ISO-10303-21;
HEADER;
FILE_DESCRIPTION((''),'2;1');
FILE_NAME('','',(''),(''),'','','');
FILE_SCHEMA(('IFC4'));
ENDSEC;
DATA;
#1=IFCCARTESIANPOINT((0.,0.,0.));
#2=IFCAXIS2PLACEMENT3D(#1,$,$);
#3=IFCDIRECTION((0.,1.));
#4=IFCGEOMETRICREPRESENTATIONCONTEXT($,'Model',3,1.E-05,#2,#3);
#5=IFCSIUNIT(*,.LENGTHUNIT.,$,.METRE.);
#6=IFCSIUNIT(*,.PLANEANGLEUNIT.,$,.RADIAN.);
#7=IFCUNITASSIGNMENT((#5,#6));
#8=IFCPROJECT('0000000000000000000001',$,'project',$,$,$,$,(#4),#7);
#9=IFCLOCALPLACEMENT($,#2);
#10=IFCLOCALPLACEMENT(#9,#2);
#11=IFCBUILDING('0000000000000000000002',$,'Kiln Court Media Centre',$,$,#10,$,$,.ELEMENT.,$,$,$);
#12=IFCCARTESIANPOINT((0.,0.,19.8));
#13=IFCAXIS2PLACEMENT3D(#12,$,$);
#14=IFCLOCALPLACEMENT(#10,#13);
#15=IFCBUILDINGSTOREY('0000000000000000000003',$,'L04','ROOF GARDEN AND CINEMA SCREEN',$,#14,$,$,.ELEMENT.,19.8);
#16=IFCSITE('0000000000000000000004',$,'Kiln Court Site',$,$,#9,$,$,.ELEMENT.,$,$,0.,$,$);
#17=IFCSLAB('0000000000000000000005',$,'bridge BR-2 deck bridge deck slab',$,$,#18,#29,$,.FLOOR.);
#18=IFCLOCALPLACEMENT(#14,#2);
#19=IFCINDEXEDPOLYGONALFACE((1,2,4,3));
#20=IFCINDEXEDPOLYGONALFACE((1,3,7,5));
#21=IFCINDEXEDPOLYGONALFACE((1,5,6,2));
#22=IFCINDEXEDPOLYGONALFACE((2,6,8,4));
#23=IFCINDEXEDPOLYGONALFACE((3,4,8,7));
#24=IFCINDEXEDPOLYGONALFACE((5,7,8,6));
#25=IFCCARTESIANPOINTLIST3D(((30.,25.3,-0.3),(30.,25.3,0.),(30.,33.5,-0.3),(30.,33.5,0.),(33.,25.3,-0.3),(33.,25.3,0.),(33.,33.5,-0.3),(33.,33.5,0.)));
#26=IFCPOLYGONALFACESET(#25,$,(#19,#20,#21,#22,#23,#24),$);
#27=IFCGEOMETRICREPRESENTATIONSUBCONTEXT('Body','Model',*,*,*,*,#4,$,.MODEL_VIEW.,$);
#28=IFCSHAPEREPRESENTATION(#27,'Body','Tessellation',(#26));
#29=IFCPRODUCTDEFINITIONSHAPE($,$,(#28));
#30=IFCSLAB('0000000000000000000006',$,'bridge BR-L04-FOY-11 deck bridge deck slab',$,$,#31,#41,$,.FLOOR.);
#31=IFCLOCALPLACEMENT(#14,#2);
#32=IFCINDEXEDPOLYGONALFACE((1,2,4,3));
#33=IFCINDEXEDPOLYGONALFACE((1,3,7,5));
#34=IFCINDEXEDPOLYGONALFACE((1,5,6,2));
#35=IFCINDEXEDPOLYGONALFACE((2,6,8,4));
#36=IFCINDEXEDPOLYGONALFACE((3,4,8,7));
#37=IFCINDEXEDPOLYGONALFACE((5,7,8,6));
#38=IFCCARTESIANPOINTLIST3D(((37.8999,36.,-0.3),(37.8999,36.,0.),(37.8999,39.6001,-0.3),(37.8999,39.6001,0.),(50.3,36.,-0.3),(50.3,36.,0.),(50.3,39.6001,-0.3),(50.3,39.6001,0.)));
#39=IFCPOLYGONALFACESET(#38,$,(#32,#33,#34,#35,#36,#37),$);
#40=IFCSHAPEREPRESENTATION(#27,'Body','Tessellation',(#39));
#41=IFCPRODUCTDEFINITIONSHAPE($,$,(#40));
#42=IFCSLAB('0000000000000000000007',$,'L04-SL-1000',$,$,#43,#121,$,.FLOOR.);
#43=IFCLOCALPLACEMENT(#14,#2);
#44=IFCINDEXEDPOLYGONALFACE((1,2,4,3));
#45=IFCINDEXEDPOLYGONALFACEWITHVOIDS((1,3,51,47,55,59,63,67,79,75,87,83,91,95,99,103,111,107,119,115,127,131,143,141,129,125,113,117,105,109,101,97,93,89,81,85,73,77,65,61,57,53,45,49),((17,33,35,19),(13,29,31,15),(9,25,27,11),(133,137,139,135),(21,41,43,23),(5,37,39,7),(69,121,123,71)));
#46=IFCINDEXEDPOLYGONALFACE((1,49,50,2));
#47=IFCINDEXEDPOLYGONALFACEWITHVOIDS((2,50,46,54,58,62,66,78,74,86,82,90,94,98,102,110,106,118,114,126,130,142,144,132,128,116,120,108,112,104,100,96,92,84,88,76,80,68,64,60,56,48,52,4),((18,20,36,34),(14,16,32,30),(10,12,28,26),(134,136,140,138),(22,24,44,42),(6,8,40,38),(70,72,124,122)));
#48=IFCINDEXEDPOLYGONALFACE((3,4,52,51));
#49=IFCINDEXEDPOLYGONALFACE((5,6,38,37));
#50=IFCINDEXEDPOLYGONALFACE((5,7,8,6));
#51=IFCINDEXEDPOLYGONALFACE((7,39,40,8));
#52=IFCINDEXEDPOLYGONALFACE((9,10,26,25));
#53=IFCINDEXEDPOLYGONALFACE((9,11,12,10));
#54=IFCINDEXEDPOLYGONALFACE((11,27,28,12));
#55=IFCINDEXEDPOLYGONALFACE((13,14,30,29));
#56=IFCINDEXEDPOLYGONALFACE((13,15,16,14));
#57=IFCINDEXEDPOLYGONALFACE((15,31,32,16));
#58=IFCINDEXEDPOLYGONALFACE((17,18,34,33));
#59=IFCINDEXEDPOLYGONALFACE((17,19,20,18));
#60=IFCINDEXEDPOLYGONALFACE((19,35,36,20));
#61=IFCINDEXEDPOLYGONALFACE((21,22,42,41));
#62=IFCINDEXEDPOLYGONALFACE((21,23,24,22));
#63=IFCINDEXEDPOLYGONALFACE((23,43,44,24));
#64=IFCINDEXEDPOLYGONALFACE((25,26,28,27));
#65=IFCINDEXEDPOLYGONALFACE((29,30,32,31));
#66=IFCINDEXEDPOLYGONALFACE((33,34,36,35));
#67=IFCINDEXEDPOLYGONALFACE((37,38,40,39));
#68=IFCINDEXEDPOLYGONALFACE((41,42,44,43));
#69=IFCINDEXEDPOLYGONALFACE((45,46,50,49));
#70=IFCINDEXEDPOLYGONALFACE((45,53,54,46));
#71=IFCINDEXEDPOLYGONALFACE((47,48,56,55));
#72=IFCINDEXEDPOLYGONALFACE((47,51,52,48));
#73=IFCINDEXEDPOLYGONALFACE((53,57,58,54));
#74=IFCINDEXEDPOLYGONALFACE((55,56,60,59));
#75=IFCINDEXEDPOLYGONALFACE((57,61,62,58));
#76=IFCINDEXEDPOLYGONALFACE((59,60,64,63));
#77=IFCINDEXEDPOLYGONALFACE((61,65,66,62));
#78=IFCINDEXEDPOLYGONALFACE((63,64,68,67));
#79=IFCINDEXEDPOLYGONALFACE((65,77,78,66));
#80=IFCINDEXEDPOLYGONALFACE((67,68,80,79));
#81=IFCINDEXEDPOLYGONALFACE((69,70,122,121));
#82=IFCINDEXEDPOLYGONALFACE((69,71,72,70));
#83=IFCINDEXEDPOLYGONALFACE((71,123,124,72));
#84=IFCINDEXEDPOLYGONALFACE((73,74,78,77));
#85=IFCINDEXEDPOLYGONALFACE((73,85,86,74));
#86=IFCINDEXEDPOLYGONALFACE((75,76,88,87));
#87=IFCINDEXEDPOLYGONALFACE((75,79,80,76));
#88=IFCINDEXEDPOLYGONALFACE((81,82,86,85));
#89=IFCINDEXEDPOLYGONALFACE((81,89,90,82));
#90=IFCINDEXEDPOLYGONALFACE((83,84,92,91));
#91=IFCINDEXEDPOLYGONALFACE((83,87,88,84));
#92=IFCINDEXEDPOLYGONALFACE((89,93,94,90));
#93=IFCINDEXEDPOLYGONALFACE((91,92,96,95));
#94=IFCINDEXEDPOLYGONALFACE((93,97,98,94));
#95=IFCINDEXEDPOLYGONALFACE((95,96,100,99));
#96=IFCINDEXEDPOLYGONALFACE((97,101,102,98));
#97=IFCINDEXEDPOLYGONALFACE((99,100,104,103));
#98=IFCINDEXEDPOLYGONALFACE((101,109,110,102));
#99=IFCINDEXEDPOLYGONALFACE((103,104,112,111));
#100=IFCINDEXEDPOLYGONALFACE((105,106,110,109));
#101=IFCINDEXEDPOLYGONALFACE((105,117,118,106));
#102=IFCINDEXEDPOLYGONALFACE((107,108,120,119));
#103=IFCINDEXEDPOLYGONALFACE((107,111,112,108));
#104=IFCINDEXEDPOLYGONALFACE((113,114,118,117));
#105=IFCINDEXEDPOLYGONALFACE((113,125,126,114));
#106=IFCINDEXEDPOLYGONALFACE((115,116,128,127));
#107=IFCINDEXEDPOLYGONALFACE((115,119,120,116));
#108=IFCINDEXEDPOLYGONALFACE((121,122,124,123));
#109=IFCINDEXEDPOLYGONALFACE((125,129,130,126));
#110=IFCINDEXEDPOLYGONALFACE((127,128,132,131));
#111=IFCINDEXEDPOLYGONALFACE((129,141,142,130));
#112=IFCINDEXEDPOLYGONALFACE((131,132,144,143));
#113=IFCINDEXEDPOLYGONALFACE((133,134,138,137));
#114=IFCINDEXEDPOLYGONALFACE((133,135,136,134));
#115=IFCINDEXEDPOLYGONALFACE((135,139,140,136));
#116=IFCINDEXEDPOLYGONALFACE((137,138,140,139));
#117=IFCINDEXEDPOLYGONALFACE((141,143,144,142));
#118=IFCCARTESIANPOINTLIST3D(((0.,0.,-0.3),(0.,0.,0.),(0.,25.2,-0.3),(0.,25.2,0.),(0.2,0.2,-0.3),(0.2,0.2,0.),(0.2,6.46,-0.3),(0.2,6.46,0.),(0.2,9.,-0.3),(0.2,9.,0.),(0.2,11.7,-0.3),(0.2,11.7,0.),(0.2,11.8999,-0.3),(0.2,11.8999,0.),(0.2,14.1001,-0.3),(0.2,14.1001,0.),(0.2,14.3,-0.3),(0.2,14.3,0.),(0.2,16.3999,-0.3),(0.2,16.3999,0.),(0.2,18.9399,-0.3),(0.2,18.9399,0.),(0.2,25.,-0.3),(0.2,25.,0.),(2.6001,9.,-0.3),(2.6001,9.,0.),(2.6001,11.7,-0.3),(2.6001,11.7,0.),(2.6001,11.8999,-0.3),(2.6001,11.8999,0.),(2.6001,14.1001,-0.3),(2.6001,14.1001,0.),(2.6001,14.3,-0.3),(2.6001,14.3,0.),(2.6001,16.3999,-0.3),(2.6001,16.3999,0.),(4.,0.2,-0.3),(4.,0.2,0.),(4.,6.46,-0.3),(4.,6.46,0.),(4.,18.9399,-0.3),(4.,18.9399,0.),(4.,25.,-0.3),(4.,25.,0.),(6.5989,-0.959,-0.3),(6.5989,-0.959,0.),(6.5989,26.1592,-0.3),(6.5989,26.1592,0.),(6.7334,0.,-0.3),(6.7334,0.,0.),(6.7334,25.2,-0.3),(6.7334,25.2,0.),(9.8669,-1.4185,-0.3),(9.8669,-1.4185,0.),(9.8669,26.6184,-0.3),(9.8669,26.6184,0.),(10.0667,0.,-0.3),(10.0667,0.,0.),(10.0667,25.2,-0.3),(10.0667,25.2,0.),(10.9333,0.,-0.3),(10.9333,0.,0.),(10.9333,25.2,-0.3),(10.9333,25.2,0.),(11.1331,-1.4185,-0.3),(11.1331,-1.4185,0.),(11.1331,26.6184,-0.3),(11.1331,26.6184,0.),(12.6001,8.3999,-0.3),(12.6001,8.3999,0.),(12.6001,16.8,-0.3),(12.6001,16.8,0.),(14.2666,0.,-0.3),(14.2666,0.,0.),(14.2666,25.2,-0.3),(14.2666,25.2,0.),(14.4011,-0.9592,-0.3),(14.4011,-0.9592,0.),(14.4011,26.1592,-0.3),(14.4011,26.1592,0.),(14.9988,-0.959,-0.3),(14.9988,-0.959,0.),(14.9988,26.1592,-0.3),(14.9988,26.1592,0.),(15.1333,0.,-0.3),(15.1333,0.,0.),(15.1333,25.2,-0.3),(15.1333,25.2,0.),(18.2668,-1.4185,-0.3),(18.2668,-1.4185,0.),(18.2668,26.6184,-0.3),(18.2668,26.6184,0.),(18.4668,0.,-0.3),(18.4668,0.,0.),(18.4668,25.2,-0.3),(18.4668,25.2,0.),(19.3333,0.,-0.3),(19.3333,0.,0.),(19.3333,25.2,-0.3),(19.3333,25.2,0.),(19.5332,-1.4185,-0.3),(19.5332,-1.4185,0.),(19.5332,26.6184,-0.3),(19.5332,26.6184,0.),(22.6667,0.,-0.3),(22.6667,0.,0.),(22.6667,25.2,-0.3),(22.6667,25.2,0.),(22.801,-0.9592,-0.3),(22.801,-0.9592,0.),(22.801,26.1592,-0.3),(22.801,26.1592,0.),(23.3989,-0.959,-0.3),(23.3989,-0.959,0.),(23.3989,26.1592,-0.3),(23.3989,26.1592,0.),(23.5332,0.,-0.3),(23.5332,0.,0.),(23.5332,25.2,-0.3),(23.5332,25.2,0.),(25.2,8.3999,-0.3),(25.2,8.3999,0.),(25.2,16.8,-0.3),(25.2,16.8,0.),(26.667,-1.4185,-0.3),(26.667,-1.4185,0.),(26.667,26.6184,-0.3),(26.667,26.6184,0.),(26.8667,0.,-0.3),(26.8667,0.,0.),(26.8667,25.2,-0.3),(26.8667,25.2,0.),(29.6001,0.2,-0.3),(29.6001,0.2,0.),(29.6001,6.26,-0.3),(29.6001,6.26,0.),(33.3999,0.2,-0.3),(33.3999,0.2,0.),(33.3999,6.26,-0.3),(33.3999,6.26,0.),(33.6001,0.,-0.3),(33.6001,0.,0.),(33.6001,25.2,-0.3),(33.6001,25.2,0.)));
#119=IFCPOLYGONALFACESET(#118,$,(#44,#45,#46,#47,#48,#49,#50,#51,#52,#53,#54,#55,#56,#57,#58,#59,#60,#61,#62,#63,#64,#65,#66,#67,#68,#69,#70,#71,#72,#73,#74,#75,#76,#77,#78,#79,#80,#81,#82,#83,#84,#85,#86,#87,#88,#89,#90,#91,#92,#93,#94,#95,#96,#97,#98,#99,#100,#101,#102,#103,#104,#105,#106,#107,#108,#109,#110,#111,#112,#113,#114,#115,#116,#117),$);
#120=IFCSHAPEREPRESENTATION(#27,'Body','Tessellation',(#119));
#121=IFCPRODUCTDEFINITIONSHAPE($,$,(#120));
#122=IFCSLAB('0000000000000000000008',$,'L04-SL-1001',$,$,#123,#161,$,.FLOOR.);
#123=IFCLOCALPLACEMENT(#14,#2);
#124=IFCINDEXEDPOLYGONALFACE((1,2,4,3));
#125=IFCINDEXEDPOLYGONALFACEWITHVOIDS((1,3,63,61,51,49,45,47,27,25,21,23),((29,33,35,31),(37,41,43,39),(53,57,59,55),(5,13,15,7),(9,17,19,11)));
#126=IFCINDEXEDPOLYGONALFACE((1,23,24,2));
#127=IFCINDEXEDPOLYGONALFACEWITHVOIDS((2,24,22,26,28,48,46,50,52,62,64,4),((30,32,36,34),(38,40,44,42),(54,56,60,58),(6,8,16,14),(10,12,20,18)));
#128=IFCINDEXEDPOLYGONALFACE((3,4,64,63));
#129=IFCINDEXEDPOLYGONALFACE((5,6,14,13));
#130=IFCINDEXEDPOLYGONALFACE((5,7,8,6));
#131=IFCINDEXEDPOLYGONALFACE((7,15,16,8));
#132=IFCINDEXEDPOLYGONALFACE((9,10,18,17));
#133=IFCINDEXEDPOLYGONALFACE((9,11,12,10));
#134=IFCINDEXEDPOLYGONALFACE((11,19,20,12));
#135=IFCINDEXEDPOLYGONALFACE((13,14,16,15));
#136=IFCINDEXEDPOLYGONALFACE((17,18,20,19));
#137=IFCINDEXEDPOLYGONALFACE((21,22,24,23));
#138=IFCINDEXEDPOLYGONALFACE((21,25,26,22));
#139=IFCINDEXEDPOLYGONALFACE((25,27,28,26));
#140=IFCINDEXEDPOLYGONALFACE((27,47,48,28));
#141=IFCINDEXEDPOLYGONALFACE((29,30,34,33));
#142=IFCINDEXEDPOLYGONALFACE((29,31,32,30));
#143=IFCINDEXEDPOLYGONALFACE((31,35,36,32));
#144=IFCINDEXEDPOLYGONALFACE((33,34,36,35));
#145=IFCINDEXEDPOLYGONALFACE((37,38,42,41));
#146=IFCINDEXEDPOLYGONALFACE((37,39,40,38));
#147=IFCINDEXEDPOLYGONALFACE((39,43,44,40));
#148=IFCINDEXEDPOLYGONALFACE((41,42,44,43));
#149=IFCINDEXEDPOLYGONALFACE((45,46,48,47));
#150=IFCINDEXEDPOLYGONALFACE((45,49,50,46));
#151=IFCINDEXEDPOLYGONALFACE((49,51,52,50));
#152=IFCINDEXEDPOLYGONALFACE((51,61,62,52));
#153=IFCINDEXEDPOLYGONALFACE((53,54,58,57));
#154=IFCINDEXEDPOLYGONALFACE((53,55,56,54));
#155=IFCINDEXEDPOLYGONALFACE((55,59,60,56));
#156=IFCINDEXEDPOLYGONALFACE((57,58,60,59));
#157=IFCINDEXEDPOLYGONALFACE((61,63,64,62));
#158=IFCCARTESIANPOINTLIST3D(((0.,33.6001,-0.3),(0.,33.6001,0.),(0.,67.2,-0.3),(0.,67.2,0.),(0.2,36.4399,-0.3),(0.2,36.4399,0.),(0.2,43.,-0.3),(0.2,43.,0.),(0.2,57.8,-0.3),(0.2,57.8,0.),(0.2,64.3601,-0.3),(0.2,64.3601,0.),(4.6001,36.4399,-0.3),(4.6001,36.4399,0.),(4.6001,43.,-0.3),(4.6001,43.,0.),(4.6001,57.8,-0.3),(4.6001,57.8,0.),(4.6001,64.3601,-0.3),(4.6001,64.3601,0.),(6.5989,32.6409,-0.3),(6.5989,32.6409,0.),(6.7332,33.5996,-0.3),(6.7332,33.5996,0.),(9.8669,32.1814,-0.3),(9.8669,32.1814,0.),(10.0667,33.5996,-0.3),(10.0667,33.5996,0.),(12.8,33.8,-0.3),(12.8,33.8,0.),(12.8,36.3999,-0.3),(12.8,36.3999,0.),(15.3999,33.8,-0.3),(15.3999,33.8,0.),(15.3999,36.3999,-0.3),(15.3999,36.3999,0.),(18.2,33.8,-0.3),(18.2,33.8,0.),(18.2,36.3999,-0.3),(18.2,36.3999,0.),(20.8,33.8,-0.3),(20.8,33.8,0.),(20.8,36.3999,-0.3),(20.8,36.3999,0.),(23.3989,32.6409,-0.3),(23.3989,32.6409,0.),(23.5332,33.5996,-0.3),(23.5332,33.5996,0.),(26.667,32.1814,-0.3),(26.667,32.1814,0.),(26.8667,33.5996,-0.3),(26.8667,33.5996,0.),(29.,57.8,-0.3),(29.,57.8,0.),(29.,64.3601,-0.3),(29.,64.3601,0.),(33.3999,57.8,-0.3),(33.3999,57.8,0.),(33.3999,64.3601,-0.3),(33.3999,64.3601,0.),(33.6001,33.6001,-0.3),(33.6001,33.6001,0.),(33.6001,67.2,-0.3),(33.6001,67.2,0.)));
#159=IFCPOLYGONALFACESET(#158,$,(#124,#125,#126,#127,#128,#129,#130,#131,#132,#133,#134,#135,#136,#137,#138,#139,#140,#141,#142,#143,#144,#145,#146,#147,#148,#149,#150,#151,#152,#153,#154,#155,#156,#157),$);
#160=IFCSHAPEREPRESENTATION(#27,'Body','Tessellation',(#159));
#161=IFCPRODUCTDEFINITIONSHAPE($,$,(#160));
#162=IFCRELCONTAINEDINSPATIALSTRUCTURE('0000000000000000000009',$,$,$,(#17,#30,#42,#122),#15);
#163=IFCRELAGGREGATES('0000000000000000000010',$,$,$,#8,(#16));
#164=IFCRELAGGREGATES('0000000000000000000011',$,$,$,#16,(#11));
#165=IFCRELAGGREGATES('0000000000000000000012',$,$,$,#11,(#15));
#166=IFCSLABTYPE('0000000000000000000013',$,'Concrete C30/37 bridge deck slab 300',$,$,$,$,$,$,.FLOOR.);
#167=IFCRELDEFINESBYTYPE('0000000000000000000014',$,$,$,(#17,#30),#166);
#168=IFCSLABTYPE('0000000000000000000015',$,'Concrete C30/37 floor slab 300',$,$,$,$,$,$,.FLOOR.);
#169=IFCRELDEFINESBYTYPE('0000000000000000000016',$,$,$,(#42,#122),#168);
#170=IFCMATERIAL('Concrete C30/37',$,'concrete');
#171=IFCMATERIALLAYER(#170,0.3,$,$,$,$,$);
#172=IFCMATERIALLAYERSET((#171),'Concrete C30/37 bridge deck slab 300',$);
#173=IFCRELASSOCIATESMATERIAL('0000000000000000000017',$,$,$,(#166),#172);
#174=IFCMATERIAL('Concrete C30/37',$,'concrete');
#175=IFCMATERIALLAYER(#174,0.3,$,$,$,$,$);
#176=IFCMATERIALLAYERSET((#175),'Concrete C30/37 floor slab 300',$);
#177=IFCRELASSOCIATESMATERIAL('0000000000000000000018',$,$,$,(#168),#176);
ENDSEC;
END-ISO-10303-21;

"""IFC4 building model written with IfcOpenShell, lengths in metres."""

from ifc_helpers import new_model, si_unit, direction, frame, origin, place, context, subcontext, project, spatial, polyline, outline, extrude, material, layer, layer_set, type_object, element, save


model = new_model("IFC4")

# Units and contexts
model_context = context("Model", 3, precision=1e-05, world=origin(), true_north=direction((0.0, 1.0)))
body_context = subcontext(model_context, "Body", "Model", "MODEL_VIEW")
ifc_project = project(units=[si_unit("LENGTHUNIT", "METRE"), si_unit("PLANEANGLEUNIT", "RADIAN")], contexts=[model_context])

# Site, building, storey
site_placement = place(None, origin())
site = spatial("IfcSite", under=ifc_project, at=site_placement, Name="Kiln Court Site", CompositionType="ELEMENT", RefElevation=0.0)
building_placement = place(site_placement, origin())
building = spatial("IfcBuilding", under=site, at=building_placement, Name="Kiln Court Media Centre", CompositionType="ELEMENT")
storey_placement = place(building_placement, frame((0.0, 0.0, 19.8)))
storey = spatial("IfcBuildingStorey", under=building, at=storey_placement, Name="L04", Description="ROOF GARDEN AND CINEMA SCREEN", CompositionType="ELEMENT", Elevation=19.8)

# Slabs
ifc_material_1 = material(Name="Concrete C30/37", Category="concrete")
ifc_layer_1 = layer(ifc_material_1, 0.3)
ifc_layer_set_1 = layer_set([ifc_layer_1], Name="Concrete C30/37 bridge deck slab 300")
slab_type_1 = type_object("IfcSlabType", Name="Concrete C30/37 bridge deck slab 300", PredefinedType="FLOOR", material=ifc_layer_set_1)
slab_1_placement = place(storey_placement, frame((0.0, 0.0, -0.3)))
element("IfcSlab", 1, at=slab_1_placement, inside=storey, type_object=slab_type_1, Name="bridge BR-2 deck bridge deck slab", PredefinedType="FLOOR", context=body_context, shape_type="SweptSolid", body=[
    extrude(outline(polyline([(30.0, 25.3), (33.0, 25.3), (33.0, 33.5), (30.0, 33.5), (30.0, 25.3)])), origin(), (0.0, 0.0, 1.0), 0.3),
])
slab_2_placement = place(storey_placement, frame((0.0, 0.0, -0.3)))
element("IfcSlab", 2, at=slab_2_placement, inside=storey, type_object=slab_type_1, Name="bridge BR-L04-FOY-11 deck bridge deck slab", PredefinedType="FLOOR", context=body_context, shape_type="SweptSolid", body=[
    extrude(outline(polyline([(37.8999, 36.0), (50.3, 36.0), (50.3, 39.6001), (37.8999, 39.6001), (37.8999, 36.0)])), origin(), (0.0, 0.0, 1.0), 0.3),
])
ifc_material_2 = material(Name="Concrete C30/37", Category="concrete")
ifc_layer_2 = layer(ifc_material_2, 0.3)
ifc_layer_set_2 = layer_set([ifc_layer_2], Name="Concrete C30/37 floor slab 300")
slab_type_2 = type_object("IfcSlabType", Name="Concrete C30/37 floor slab 300", PredefinedType="FLOOR", material=ifc_layer_set_2)
slab_3_placement = place(storey_placement, frame((0.0, 0.0, -0.3)))
element("IfcSlab", 3, at=slab_3_placement, inside=storey, type_object=slab_type_2, Name="L04-SL-1000", PredefinedType="FLOOR", context=body_context, shape_type="SweptSolid", body=[
    extrude(outline(polyline([(9.8669, -1.4185), (6.5989, -0.959), (6.7334, 0.0), (0.0, 0.0), (0.0, 25.2), (6.7334, 25.2), (6.5989, 26.1592), (9.8669, 26.6184), (10.0667, 25.2), (10.9333, 25.2), (11.1331, 26.6184), (14.4011, 26.1592), (14.2666, 25.2), (15.1333, 25.2), (14.9988, 26.1592), (18.2668, 26.6184), (18.4668, 25.2), (19.3333, 25.2), (19.5332, 26.6184), (22.801, 26.1592), (22.6667, 25.2), (23.5332, 25.2), (23.3989, 26.1592), (26.667, 26.6184), (26.8667, 25.2), (33.6001, 25.2), (33.6001, 0.0), (26.8667, 0.0), (26.667, -1.4185), (23.3989, -0.959), (23.5332, 0.0), (22.6667, 0.0), (22.801, -0.9592), (19.5332, -1.4185), (19.3333, 0.0), (18.4668, 0.0), (18.2668, -1.4185), (14.9988, -0.959), (15.1333, 0.0), (14.2666, 0.0), (14.4011, -0.9592), (11.1331, -1.4185), (10.9333, 0.0), (10.0667, 0.0), (9.8669, -1.4185)]), holes=[polyline([(0.2, 0.2), (4.0, 0.2), (4.0, 6.46), (0.2, 6.46), (0.2, 0.2)]), polyline([(29.6001, 0.2), (33.3999, 0.2), (33.3999, 6.26), (29.6001, 6.26), (29.6001, 0.2)]), polyline([(12.6001, 8.3999), (25.2, 8.3999), (25.2, 16.8), (12.6001, 16.8), (12.6001, 8.3999)]), polyline([(0.2, 9.0), (2.6001, 9.0), (2.6001, 11.7), (0.2, 11.7), (0.2, 9.0)]), polyline([(0.2, 11.8999), (2.6001, 11.8999), (2.6001, 14.1001), (0.2, 14.1001), (0.2, 11.8999)]), polyline([(0.2, 14.3), (2.6001, 14.3), (2.6001, 16.3999), (0.2, 16.3999), (0.2, 14.3)]), polyline([(0.2, 18.9399), (4.0, 18.9399), (4.0, 25.0), (0.2, 25.0), (0.2, 18.9399)])]), origin(), (0.0, 0.0, 1.0), 0.3),
])
slab_4_placement = place(storey_placement, frame((0.0, 0.0, -0.3)))
element("IfcSlab", 4, at=slab_4_placement, inside=storey, type_object=slab_type_2, Name="L04-SL-1001", PredefinedType="FLOOR", context=body_context, shape_type="SweptSolid", body=[
    extrude(outline(polyline([(9.8669, 32.1814), (6.5989, 32.6409), (6.7332, 33.5996), (0.0, 33.6001), (0.0, 67.2), (33.6001, 67.2), (33.6001, 33.6001), (26.8667, 33.5996), (26.667, 32.1814), (23.3989, 32.6409), (23.5332, 33.5996), (10.0667, 33.5996), (9.8669, 32.1814)]), holes=[polyline([(12.8, 33.8), (15.3999, 33.8), (15.3999, 36.3999), (12.8, 36.3999), (12.8, 33.8)]), polyline([(18.2, 33.8), (20.8, 33.8), (20.8, 36.3999), (18.2, 36.3999), (18.2, 33.8)]), polyline([(0.2, 36.4399), (4.6001, 36.4399), (4.6001, 43.0), (0.2, 43.0), (0.2, 36.4399)]), polyline([(0.2, 57.8), (4.6001, 57.8), (4.6001, 64.3601), (0.2, 64.3601), (0.2, 57.8)]), polyline([(29.0, 57.8), (33.3999, 57.8), (33.3999, 64.3601), (29.0, 64.3601), (29.0, 57.8)])]), origin(), (0.0, 0.0, 1.0), 0.3),
])

save(model, "model.ifc")
